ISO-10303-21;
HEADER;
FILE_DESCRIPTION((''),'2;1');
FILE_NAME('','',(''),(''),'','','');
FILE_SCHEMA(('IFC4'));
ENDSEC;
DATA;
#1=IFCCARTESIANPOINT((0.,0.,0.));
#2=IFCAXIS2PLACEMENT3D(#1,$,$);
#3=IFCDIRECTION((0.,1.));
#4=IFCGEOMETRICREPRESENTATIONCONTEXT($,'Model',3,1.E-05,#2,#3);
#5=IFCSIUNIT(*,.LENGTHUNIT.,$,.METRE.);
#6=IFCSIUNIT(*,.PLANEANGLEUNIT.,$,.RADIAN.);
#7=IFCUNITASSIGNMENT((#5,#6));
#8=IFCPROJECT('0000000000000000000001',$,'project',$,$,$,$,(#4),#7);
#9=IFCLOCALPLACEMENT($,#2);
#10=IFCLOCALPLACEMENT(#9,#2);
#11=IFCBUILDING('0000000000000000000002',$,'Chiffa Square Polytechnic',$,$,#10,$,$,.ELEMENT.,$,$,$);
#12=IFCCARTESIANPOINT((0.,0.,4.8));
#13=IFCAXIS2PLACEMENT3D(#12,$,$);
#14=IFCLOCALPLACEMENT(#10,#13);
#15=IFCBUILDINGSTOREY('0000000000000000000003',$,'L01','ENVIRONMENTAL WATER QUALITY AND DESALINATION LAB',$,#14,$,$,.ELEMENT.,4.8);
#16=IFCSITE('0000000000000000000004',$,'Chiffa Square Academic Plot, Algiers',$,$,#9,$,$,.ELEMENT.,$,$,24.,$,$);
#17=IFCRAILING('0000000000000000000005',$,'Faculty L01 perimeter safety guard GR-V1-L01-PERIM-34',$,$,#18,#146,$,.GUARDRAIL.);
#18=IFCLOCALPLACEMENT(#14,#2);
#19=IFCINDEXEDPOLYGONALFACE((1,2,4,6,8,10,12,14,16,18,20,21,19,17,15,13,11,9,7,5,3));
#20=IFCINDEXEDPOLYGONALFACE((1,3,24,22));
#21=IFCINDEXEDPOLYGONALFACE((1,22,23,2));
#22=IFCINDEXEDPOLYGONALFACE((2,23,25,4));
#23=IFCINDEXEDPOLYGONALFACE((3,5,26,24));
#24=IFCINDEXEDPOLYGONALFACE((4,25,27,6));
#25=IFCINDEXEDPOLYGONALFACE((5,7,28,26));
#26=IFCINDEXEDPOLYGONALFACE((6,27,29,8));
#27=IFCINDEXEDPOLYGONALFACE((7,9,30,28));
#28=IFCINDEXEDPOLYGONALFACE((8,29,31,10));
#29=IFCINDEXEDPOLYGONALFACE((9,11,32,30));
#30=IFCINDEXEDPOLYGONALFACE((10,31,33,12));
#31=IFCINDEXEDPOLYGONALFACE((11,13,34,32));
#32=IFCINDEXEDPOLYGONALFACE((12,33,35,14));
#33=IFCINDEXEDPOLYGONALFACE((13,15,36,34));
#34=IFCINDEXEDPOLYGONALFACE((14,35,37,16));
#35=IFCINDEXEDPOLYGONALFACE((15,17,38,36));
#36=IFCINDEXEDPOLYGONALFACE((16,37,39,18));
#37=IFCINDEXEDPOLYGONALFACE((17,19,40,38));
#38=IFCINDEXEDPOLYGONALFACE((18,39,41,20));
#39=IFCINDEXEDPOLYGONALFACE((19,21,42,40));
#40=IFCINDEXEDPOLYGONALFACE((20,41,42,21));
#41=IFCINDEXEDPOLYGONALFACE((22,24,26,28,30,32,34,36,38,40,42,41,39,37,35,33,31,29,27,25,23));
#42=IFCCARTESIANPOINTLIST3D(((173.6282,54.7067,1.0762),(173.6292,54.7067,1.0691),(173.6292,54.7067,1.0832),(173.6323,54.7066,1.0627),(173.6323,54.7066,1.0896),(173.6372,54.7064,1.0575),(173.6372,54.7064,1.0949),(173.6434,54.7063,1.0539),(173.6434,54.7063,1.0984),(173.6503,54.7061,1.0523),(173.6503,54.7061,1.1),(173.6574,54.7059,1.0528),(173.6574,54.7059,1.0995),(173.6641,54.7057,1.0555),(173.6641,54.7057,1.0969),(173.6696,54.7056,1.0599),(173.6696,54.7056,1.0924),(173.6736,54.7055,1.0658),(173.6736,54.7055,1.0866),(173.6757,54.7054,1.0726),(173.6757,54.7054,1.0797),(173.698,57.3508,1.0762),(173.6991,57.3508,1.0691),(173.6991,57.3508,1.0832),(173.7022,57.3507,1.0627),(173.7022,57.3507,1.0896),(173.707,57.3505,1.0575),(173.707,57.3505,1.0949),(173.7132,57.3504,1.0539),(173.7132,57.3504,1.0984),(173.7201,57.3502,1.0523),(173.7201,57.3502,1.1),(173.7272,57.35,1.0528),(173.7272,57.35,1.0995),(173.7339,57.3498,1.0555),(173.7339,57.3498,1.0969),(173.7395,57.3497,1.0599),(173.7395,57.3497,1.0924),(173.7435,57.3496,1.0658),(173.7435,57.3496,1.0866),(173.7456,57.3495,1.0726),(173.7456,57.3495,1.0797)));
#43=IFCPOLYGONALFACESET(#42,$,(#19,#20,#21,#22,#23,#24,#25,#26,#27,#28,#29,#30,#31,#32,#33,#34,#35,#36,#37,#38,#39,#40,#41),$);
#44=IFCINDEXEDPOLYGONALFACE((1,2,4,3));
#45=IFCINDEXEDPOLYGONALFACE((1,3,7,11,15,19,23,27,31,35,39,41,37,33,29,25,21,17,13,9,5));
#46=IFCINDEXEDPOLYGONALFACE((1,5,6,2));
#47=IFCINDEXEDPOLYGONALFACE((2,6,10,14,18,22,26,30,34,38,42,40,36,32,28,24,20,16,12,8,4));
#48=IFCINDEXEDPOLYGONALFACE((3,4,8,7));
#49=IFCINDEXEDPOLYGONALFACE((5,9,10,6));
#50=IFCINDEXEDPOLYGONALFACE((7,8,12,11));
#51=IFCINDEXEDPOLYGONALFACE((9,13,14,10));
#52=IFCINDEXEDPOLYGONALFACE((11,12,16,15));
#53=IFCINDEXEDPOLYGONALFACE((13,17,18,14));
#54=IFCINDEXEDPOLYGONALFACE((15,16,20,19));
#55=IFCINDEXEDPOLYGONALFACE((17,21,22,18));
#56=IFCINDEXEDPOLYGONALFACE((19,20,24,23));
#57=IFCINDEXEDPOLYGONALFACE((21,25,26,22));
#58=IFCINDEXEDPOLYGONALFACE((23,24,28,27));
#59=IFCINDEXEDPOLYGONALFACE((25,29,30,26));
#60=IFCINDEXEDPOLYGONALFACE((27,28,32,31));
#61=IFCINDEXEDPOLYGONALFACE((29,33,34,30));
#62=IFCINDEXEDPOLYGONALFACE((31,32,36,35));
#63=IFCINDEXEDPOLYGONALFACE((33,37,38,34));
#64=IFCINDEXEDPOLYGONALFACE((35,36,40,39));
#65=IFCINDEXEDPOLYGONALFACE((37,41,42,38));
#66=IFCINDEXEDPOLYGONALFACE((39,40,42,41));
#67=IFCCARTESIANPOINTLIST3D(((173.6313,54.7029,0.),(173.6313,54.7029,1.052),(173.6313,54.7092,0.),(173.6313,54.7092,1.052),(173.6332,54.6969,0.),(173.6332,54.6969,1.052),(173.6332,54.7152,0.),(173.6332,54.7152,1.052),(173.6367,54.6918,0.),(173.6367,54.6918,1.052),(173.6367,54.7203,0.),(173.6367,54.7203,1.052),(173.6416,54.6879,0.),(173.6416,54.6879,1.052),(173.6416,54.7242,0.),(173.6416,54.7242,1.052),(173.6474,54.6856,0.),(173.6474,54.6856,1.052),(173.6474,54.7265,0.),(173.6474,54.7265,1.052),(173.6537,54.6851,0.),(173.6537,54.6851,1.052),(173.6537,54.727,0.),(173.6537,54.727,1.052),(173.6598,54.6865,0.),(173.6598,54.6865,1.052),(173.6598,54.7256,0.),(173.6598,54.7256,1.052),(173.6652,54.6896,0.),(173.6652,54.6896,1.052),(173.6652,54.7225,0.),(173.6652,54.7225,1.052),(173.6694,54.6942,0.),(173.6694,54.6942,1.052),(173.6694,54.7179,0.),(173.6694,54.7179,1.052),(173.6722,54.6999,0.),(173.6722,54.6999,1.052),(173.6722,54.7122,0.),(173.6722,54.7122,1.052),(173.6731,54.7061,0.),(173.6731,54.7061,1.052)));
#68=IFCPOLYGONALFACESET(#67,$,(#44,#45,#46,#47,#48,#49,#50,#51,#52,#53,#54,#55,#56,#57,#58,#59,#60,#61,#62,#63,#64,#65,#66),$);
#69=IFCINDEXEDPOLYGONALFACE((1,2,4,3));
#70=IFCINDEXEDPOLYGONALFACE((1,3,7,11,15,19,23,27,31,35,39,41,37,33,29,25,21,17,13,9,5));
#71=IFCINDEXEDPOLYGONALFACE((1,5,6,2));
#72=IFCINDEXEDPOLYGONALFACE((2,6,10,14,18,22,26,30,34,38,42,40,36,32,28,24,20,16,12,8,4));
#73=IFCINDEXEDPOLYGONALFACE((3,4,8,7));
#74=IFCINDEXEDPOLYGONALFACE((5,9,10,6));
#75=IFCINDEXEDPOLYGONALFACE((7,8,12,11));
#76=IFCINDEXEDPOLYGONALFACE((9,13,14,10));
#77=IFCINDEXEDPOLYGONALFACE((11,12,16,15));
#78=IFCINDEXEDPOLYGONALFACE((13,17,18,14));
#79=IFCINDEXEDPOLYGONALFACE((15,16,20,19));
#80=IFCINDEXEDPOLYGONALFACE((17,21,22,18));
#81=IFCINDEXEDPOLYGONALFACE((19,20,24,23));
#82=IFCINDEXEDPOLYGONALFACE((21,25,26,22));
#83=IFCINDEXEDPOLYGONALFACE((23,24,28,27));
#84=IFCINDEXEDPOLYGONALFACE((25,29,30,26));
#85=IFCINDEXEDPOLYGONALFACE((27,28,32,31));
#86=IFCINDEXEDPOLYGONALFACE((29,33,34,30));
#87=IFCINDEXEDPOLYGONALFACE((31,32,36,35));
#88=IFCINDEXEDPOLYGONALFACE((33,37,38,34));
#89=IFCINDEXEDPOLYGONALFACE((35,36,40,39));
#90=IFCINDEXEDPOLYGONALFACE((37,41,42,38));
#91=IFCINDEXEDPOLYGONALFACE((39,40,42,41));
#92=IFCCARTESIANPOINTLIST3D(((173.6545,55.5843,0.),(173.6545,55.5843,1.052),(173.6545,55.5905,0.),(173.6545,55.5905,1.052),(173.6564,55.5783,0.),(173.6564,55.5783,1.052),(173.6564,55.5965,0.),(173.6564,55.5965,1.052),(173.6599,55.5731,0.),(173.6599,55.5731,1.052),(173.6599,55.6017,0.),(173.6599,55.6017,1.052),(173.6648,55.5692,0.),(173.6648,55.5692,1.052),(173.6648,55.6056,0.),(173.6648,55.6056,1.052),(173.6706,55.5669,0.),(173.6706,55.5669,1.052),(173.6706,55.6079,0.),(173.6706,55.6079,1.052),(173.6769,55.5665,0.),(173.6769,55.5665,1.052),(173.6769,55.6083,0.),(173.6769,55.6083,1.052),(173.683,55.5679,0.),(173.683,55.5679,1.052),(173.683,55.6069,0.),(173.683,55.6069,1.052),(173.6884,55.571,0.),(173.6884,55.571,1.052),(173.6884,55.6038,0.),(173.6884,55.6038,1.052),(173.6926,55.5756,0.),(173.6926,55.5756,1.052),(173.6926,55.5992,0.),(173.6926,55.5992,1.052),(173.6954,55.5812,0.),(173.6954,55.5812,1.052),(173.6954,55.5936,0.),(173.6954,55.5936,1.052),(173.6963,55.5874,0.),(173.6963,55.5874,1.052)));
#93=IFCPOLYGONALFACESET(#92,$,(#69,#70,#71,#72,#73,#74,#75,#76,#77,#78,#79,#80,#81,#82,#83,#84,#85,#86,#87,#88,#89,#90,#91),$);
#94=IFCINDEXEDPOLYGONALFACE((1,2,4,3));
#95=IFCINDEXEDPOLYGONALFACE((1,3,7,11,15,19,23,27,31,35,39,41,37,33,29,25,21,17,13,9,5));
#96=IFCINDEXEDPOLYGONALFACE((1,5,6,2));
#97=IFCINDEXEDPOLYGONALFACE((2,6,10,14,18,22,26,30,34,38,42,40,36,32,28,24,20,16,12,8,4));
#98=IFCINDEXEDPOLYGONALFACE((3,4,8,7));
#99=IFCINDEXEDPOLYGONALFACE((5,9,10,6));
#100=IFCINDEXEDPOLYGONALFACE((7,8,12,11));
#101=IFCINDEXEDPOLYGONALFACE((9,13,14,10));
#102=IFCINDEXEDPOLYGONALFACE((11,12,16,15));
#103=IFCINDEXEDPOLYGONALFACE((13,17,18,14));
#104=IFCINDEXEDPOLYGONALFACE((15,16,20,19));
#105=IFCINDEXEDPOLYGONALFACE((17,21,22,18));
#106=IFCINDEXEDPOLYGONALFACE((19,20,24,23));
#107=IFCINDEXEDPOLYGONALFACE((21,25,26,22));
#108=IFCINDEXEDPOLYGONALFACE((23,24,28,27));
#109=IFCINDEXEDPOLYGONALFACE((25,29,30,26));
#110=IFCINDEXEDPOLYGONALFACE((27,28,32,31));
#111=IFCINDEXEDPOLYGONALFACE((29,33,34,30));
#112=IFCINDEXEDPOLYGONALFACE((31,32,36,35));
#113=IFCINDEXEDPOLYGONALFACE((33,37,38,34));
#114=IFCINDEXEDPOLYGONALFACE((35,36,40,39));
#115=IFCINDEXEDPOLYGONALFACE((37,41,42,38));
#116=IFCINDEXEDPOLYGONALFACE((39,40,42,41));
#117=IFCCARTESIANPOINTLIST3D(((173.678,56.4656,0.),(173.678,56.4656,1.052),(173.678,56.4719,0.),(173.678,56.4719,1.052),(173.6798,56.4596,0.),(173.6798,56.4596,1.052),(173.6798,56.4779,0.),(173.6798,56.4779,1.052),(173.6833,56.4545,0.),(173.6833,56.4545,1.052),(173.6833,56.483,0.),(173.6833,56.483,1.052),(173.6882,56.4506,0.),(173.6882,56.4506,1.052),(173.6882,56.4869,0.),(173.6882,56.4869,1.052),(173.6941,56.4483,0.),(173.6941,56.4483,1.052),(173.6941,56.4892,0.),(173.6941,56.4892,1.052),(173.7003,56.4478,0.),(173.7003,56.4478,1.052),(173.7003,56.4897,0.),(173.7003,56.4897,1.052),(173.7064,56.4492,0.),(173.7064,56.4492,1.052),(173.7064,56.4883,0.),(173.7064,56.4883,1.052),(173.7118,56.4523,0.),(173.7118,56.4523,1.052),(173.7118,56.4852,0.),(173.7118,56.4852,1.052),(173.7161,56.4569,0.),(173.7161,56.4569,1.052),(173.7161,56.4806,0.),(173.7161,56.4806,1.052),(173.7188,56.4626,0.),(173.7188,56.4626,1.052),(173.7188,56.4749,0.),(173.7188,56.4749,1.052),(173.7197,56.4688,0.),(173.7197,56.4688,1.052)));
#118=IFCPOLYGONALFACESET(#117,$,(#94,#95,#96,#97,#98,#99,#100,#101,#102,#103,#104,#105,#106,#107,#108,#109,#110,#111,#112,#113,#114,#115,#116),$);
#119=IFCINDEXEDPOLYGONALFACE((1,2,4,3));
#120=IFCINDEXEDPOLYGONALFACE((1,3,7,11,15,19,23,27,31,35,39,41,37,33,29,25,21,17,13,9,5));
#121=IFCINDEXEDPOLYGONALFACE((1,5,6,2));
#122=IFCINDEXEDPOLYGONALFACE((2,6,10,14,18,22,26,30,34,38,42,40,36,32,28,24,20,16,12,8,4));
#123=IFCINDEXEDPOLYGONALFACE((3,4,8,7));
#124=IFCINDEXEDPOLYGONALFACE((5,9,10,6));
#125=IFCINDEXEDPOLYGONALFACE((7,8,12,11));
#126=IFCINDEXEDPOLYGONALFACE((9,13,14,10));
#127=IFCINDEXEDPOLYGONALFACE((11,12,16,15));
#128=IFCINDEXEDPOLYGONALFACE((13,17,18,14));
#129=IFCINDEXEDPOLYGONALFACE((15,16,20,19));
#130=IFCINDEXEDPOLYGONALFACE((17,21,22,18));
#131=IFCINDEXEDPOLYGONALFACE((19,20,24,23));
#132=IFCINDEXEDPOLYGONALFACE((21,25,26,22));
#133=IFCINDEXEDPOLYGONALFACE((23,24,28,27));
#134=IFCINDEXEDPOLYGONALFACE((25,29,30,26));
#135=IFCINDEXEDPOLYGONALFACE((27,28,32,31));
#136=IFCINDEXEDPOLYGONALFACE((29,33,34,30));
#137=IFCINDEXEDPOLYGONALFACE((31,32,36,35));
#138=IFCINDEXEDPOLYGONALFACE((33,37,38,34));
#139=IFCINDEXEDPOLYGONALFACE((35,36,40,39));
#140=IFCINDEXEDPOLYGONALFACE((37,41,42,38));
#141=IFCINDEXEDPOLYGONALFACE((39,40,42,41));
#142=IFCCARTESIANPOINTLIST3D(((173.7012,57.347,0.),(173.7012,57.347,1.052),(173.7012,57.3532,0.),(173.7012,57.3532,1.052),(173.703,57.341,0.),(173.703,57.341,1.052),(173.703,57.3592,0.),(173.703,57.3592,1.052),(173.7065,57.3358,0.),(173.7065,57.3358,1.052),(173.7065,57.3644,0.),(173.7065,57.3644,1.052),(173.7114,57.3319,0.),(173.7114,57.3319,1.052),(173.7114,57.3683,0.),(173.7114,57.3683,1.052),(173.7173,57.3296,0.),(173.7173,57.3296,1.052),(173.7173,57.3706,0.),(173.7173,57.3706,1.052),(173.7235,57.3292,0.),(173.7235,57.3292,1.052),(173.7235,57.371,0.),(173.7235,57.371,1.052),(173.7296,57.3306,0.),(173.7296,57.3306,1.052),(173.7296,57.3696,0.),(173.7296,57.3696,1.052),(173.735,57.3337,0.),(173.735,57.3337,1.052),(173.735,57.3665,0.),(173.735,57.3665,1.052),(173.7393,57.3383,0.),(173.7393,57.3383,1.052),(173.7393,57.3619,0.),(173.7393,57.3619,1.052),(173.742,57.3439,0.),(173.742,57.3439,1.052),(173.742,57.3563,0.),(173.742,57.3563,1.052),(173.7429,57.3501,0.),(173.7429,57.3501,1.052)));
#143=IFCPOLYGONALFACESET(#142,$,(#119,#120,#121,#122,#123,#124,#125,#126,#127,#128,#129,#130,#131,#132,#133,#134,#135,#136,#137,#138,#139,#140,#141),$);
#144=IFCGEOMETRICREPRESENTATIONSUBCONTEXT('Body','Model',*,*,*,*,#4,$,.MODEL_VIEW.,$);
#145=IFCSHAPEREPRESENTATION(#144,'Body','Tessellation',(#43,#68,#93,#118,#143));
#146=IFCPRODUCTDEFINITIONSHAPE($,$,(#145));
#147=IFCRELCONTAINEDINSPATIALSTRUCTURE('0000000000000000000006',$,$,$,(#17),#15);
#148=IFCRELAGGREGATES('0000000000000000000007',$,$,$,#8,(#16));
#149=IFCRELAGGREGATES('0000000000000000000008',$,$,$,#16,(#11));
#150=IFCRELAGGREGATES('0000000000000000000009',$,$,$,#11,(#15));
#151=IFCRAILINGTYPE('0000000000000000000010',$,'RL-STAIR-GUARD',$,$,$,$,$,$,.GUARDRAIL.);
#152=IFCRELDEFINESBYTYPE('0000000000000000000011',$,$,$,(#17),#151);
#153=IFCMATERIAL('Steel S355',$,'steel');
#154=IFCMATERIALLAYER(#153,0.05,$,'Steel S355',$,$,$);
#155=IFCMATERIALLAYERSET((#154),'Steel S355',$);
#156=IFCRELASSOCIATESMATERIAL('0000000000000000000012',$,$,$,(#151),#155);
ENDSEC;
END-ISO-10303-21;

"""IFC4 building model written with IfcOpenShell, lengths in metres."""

from ifc_helpers import new_model, si_unit, direction, frame, origin, origin_2d, place, context, subcontext, project, spatial, circle, extrude, material, layer, layer_set, type_object, element, save


model = new_model("IFC4")

# Units and contexts
model_context = context("Model", 3, precision=1e-05, world=origin(), true_north=direction((0.0, 1.0)))
body_context = subcontext(model_context, "Body", "Model", "MODEL_VIEW")
ifc_project = project(units=[si_unit("LENGTHUNIT", "METRE"), si_unit("PLANEANGLEUNIT", "RADIAN")], contexts=[model_context])

# Site, building, storey
site_placement = place(None, origin())
site = spatial("IfcSite", under=ifc_project, at=site_placement, Name="Chiffa Square Academic Plot, Algiers", CompositionType="ELEMENT", RefElevation=24.0)
building_placement = place(site_placement, origin())
building = spatial("IfcBuilding", under=site, at=building_placement, Name="Chiffa Square Polytechnic", CompositionType="ELEMENT")
storey_placement = place(building_placement, frame((0.0, 0.0, 4.8)))
storey = spatial("IfcBuildingStorey", under=building, at=storey_placement, Name="L01", Description="ENVIRONMENTAL WATER QUALITY AND DESALINATION LAB", CompositionType="ELEMENT", Elevation=4.8)

# Shared definitions
ifc_material_1 = material(Name="Steel S355", Category="steel")

# Railing
ifc_layer_1 = layer(ifc_material_1, 0.05, Name="Steel S355")
ifc_layer_set_1 = layer_set([ifc_layer_1], Name="Steel S355")
railing_type = type_object("IfcRailingType", Name="RL-STAIR-GUARD", PredefinedType="GUARDRAIL", material=ifc_layer_set_1)
railing_1_placement = place(storey_placement, frame((173.6521, 54.7061, 0.0)))
element("IfcRailing", 1, at=railing_1_placement, inside=storey, type_object=railing_type, Name="Faculty L01 perimeter safety guard GR-V1-L01-PERIM-34", PredefinedType="GUARDRAIL", context=body_context, shape_type="SweptSolid", body=[
    extrude(circle(Radius=0.0239, at=origin_2d()), frame((0.0, 0.0, 1.0762), z_axis=(0.026399, 0.999651, 0.0), x_axis=(-0.999651, 0.026399, 0.0)), (0.0, 0.0, 1.0), 2.645),
    extrude(circle(Radius=0.021, at=origin_2d()), origin(), (0.0, 0.0, 1.0), 1.052),
    extrude(circle(Radius=0.021, at=origin_2d()), frame((0.0232, 0.8813, 0.0)), (0.0, 0.0, 1.0), 1.052),
    extrude(circle(Radius=0.021, at=origin_2d()), frame((0.0466, 1.7627, 0.0)), (0.0, 0.0, 1.0), 1.052),
    extrude(circle(Radius=0.021, at=origin_2d()), frame((0.0698, 2.644, 0.0)), (0.0, 0.0, 1.0), 1.052),
])

save(model, "model.ifc")
